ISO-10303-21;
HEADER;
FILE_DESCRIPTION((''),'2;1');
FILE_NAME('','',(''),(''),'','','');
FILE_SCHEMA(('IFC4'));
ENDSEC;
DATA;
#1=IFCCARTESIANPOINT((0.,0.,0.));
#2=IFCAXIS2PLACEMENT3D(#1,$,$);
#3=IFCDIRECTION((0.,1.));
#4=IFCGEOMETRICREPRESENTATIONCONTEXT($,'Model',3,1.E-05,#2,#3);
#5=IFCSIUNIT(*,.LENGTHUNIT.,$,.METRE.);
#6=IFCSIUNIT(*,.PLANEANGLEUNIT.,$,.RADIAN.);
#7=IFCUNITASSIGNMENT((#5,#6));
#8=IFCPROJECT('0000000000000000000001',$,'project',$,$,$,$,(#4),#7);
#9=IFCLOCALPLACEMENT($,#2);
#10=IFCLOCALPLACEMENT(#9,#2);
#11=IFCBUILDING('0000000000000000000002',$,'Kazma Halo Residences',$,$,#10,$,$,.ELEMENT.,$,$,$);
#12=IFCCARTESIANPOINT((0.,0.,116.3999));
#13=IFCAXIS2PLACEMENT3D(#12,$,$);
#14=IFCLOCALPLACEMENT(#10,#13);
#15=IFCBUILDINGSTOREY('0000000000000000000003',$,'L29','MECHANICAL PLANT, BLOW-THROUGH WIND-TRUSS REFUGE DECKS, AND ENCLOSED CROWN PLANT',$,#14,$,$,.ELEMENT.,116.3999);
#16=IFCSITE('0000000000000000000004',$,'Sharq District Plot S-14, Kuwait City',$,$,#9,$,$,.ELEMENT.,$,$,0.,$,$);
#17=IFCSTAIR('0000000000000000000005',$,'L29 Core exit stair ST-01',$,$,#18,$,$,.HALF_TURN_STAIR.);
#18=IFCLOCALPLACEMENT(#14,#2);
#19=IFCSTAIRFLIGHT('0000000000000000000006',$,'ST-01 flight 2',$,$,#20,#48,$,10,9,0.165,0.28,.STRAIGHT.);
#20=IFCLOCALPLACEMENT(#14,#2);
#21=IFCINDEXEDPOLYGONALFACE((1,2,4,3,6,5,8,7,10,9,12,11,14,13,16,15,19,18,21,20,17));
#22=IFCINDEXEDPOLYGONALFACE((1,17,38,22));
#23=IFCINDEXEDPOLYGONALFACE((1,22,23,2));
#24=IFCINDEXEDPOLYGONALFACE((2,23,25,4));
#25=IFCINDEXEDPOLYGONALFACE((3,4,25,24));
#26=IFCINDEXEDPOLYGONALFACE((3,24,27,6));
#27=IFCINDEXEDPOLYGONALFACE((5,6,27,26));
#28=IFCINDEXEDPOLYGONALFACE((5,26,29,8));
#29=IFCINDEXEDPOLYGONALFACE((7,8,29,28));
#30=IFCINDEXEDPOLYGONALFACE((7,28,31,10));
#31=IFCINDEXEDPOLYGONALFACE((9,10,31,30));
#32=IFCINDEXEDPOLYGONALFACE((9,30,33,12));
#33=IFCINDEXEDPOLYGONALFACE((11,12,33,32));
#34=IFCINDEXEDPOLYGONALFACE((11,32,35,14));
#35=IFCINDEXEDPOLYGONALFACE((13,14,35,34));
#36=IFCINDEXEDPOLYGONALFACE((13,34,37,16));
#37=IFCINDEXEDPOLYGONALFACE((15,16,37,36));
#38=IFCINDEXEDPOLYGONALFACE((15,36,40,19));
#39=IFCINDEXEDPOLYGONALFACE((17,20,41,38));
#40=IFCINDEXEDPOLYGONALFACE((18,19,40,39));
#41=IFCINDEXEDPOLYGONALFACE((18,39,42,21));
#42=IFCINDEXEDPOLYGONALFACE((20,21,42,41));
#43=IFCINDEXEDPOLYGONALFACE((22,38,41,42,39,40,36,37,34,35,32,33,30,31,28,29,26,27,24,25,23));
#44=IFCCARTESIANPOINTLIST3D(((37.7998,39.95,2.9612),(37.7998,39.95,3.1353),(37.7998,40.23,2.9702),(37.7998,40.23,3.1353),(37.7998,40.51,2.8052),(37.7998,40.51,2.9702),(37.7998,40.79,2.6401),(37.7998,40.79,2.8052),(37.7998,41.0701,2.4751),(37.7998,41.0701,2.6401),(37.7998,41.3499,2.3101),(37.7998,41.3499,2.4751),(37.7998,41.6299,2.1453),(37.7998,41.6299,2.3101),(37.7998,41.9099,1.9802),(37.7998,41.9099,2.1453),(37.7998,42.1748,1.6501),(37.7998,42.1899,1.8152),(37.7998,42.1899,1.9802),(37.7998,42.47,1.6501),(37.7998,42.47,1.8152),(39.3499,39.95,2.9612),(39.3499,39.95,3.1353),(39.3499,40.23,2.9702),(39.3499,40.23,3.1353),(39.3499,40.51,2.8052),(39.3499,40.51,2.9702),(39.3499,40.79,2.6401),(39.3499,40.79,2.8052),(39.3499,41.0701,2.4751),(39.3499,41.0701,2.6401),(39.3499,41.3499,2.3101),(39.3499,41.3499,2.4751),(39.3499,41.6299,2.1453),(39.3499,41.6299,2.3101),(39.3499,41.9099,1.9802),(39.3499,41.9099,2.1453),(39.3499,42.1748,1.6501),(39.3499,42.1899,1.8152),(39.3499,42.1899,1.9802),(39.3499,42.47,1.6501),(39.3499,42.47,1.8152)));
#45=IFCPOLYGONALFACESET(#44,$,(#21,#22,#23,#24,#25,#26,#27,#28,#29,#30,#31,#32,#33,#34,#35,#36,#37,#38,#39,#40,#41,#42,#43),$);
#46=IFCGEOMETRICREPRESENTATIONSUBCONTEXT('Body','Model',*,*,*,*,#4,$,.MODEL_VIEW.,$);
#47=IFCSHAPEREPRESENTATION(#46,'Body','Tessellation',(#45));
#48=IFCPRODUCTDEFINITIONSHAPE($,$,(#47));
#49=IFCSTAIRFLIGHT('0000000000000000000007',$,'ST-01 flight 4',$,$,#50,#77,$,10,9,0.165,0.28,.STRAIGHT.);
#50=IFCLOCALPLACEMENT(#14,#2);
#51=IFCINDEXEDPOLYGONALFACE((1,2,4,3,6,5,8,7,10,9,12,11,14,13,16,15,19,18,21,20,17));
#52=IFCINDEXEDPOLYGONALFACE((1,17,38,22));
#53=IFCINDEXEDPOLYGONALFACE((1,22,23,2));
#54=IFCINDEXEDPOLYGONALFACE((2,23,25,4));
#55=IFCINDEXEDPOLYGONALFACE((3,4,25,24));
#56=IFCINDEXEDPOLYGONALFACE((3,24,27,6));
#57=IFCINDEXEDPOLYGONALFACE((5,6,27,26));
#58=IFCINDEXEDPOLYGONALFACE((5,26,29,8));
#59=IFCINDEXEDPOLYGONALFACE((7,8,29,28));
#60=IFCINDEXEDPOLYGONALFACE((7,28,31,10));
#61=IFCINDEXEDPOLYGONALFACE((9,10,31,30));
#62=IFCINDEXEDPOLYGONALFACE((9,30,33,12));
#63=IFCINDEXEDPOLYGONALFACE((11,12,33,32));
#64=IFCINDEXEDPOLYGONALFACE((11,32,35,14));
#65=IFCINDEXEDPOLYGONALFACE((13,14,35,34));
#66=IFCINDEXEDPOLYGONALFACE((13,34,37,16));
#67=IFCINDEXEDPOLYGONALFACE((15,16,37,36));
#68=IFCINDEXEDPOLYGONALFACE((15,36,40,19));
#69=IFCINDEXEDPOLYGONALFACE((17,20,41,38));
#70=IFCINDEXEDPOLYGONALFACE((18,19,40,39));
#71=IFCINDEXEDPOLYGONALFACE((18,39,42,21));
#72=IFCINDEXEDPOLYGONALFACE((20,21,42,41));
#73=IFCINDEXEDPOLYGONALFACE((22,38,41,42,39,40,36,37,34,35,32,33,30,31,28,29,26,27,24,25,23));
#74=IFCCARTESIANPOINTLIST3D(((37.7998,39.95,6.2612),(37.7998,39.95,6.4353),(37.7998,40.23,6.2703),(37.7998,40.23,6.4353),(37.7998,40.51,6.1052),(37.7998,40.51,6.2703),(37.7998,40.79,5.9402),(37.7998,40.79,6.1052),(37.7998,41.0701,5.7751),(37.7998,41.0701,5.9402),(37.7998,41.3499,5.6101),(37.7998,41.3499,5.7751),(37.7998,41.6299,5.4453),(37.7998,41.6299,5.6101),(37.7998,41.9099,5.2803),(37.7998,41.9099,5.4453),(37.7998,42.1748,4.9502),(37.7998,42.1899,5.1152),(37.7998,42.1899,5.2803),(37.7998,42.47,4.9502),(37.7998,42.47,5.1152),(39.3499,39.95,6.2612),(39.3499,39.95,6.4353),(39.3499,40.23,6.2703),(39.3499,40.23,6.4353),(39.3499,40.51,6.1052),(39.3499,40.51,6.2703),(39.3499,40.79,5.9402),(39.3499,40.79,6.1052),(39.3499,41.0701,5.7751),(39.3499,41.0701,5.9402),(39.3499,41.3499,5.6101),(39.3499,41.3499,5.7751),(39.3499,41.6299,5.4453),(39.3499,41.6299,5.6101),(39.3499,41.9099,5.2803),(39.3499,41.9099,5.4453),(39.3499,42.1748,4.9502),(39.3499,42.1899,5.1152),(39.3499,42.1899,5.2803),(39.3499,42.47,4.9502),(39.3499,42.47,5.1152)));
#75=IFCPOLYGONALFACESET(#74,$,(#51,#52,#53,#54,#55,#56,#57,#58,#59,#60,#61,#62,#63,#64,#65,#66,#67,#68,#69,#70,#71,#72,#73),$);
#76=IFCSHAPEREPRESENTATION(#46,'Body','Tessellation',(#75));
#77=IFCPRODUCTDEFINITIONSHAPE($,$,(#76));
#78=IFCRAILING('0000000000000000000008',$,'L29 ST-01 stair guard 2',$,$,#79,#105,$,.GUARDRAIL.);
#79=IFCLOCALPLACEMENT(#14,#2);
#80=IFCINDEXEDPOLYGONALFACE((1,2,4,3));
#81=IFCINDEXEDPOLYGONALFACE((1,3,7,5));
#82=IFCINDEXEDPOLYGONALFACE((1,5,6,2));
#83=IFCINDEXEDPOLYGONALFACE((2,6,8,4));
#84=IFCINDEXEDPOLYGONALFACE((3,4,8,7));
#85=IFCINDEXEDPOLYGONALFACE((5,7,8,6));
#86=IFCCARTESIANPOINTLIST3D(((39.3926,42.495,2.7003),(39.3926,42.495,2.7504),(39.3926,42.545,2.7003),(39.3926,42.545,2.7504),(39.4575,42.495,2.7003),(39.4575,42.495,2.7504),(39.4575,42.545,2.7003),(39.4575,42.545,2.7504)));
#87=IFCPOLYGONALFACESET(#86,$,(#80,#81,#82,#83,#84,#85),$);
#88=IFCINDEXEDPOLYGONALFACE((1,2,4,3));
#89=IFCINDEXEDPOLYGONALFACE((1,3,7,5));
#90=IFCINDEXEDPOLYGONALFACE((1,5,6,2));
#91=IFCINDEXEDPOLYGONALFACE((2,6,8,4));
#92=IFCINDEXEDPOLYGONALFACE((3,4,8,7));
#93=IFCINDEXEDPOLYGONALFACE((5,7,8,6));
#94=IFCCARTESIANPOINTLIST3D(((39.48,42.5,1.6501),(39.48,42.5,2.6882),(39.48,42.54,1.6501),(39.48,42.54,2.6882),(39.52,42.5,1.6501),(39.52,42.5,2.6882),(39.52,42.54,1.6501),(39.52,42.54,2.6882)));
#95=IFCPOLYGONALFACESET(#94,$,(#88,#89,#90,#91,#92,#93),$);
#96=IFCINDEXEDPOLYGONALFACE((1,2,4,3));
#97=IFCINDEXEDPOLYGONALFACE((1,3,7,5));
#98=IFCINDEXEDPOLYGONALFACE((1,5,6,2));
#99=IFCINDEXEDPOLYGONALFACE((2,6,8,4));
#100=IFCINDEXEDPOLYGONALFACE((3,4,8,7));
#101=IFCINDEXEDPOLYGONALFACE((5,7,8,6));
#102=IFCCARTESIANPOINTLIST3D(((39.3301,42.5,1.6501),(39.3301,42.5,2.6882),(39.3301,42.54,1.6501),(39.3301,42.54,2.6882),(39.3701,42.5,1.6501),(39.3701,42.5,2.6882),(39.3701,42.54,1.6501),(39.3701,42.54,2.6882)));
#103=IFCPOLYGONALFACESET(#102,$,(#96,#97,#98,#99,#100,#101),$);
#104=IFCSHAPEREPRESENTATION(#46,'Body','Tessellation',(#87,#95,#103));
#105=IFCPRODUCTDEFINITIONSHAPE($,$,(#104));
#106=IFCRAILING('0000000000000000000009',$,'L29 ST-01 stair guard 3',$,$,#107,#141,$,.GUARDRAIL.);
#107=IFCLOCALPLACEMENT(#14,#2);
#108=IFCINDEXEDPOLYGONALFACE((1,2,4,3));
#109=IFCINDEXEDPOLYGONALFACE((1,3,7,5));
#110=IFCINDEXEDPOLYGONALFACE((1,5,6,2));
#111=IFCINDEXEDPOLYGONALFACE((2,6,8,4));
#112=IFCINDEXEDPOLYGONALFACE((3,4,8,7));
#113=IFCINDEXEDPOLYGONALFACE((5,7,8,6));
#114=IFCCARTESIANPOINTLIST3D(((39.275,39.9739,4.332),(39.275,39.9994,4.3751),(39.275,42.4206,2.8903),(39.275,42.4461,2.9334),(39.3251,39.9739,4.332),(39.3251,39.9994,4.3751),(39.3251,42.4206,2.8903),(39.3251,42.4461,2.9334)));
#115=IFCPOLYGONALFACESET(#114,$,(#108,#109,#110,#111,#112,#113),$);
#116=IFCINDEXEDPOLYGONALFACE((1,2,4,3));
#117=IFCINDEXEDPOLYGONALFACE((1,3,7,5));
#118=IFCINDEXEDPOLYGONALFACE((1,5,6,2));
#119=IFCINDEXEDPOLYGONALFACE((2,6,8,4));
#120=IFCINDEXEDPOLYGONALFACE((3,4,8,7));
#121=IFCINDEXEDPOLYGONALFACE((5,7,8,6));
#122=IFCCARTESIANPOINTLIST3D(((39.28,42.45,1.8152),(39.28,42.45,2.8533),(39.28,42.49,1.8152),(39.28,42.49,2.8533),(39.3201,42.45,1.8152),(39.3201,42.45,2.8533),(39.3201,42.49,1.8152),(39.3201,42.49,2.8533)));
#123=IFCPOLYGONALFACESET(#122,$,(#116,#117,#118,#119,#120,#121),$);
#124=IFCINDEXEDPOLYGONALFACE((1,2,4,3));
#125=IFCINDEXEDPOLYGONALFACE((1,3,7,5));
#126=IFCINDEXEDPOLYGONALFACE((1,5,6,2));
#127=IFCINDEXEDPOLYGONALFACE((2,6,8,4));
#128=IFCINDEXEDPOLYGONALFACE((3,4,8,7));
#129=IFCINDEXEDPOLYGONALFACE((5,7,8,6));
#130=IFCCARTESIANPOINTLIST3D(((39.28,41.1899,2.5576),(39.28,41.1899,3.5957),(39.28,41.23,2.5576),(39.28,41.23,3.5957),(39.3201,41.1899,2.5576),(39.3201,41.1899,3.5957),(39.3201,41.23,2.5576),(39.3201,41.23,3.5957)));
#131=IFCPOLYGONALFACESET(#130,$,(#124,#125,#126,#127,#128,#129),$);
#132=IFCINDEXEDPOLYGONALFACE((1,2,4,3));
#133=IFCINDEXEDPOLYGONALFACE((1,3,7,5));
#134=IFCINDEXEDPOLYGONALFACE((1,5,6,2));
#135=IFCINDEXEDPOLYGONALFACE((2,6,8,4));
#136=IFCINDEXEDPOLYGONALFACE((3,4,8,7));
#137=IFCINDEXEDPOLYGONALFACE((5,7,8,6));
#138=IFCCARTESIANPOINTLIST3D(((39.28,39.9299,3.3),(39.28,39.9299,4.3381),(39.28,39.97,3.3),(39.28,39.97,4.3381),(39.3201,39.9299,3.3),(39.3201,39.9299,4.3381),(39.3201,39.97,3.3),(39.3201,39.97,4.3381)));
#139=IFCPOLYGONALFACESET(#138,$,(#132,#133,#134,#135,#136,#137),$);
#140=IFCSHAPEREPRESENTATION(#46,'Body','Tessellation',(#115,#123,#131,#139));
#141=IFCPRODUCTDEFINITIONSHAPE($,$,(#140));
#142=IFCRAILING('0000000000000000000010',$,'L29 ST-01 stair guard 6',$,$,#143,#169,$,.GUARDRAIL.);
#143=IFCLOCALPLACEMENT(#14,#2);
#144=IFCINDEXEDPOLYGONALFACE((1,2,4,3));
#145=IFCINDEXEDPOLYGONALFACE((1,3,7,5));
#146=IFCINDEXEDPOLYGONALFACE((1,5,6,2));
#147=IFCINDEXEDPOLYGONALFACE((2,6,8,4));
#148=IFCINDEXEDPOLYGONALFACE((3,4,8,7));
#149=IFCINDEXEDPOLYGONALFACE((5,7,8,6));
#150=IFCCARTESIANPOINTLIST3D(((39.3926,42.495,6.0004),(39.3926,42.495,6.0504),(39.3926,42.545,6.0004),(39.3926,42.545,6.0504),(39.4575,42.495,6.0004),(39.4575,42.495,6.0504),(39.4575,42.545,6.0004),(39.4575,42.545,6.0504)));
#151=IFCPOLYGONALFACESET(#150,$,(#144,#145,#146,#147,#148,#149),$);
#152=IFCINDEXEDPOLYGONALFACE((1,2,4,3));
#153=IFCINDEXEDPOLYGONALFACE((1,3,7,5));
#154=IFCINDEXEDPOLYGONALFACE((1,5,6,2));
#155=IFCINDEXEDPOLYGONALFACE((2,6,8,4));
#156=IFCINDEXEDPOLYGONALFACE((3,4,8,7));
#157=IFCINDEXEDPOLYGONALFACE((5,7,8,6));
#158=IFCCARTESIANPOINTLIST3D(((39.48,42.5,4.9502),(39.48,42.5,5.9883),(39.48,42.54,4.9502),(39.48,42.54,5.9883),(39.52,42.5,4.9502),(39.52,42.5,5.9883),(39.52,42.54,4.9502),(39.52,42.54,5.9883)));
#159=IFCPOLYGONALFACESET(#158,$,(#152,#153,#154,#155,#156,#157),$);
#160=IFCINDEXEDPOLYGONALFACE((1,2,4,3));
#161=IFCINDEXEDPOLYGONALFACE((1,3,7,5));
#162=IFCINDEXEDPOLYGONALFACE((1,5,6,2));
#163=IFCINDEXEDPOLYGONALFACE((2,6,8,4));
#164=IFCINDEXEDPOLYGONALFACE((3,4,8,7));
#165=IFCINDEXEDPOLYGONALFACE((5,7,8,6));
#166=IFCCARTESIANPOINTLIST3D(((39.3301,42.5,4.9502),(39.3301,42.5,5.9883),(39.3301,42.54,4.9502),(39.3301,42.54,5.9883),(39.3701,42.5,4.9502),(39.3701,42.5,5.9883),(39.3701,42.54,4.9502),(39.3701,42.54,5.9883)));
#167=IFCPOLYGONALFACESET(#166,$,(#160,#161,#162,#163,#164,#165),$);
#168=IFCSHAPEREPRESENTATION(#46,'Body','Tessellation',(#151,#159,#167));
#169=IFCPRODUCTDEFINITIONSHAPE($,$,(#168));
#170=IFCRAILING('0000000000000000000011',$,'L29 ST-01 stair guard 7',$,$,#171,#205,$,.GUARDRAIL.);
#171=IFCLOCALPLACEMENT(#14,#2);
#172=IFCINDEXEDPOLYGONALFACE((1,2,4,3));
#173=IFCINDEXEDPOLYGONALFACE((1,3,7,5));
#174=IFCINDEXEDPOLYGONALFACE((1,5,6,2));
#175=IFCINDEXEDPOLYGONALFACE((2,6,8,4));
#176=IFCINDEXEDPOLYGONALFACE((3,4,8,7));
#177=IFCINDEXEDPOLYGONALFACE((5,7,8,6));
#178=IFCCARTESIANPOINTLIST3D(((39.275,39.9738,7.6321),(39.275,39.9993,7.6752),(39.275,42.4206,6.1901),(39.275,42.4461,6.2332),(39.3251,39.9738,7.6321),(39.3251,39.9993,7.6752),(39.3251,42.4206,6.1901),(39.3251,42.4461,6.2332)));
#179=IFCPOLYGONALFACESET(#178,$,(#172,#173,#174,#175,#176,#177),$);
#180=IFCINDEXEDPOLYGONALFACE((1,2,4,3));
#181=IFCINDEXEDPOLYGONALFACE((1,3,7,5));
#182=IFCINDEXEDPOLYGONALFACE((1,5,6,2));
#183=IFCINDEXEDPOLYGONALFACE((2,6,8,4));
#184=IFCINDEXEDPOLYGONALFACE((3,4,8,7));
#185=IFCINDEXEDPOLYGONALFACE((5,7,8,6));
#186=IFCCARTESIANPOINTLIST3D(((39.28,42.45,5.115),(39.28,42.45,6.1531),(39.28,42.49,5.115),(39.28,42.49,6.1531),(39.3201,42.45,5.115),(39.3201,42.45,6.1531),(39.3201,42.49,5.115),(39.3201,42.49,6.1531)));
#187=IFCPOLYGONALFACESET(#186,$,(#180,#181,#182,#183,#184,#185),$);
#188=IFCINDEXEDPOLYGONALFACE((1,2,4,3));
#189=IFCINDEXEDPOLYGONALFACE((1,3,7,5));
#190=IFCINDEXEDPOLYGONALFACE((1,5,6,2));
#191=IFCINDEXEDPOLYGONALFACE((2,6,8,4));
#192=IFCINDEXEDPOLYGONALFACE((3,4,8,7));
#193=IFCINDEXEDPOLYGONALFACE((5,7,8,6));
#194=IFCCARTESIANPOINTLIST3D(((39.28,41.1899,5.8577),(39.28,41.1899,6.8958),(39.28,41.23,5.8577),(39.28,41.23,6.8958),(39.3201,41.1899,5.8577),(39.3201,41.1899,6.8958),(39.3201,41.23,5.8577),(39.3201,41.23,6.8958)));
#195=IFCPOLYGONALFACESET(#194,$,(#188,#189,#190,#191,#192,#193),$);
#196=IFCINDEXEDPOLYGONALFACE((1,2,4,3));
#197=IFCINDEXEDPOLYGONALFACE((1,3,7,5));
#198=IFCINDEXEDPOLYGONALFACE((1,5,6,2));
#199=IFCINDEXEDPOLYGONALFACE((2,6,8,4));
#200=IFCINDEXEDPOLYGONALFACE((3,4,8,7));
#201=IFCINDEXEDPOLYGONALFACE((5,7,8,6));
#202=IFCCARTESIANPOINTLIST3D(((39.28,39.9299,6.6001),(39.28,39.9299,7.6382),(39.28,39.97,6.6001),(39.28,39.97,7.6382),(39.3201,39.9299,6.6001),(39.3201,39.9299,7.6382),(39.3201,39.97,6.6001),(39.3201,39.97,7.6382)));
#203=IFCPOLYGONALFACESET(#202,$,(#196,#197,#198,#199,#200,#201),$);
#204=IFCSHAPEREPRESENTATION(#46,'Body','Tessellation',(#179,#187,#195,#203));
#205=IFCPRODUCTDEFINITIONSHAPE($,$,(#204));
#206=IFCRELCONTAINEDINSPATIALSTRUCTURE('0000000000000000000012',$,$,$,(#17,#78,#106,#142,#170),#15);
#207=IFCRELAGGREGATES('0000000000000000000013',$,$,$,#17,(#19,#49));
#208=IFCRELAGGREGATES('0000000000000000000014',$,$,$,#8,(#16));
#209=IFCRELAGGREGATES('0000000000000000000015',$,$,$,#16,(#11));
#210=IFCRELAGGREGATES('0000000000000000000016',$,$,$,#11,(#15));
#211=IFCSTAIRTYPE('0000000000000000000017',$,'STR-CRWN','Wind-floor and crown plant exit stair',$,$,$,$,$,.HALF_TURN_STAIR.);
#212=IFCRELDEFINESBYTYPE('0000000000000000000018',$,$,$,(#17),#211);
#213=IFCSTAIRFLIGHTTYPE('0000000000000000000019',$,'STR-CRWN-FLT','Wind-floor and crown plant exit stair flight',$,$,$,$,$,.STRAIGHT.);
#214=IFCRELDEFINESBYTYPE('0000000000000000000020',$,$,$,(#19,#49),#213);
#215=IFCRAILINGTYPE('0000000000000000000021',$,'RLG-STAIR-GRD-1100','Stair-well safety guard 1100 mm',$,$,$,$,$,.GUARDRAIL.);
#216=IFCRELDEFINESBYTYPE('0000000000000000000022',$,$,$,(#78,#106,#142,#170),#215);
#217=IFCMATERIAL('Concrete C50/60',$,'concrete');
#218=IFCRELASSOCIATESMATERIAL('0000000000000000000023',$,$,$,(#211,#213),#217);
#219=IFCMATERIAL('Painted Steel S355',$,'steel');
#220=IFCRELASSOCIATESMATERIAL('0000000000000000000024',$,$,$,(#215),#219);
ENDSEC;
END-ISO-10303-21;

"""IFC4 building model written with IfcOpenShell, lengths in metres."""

from ifc_helpers import new_model, si_unit, direction, frame, origin, origin_2d, place, context, subcontext, project, spatial, polyline, rectangle, outline, extrude, material, type_object, element, aggregate, save


model = new_model("IFC4")

# Units and contexts
model_context = context("Model", 3, precision=1e-05, world=origin(), true_north=direction((0.0, 1.0)))
body_context = subcontext(model_context, "Body", "Model", "MODEL_VIEW")
ifc_project = project(units=[si_unit("LENGTHUNIT", "METRE"), si_unit("PLANEANGLEUNIT", "RADIAN")], contexts=[model_context])

# Site, building, storey
site_placement = place(None, origin())
site = spatial("IfcSite", under=ifc_project, at=site_placement, Name="Sharq District Plot S-14, Kuwait City", CompositionType="ELEMENT", RefElevation=0.0)
building_placement = place(site_placement, origin())
building = spatial("IfcBuilding", under=site, at=building_placement, Name="Kazma Halo Residences", CompositionType="ELEMENT")
storey_placement = place(building_placement, frame((0.0, 0.0, 116.3999)))
storey = spatial("IfcBuildingStorey", under=building, at=storey_placement, Name="L29", Description="MECHANICAL PLANT, BLOW-THROUGH WIND-TRUSS REFUGE DECKS, AND ENCLOSED CROWN PLANT", CompositionType="ELEMENT", Elevation=116.3999)

# Stair, stair flights
ifc_material_1 = material(Name="Concrete C50/60", Category="concrete")
stair_type = type_object("IfcStairType", Name="STR-CRWN", Description="Wind-floor and crown plant exit stair", PredefinedType="HALF_TURN_STAIR", material=ifc_material_1)
stair_placement = place(storey_placement, origin())
stair = element("IfcStair", 1, at=stair_placement, inside=storey, type_object=stair_type, Name="L29 Core exit stair ST-01", PredefinedType="HALF_TURN_STAIR")
stair_flight_type = type_object("IfcStairFlightType", Name="STR-CRWN-FLT", Description="Wind-floor and crown plant exit stair flight", PredefinedType="STRAIGHT", material=ifc_material_1)
stair_flight_1_placement = place(storey_placement, frame((38.575, 42.47, 1.6501), z_axis=(0.0, 0.0, 1.0), x_axis=(0.0, -1.0, 0.0)))
stair_flight_1 = element("IfcStairFlight", 2, at=stair_flight_1_placement, type_object=stair_flight_type, Name="ST-01 flight 2", NumberOfRisers=10, NumberOfTreads=9, PredefinedType="STRAIGHT", RiserHeight=0.165, TreadLength=0.28, context=body_context, shape_type="SweptSolid", body=[
    extrude(outline(polyline([(0.0, 0.0), (0.0, 0.165), (0.28, 0.165), (0.28, 0.3301), (0.5601, 0.3301), (0.5601, 0.4951), (0.8401, 0.4951), (0.8401, 0.6599), (1.1201, 0.6599), (1.1201, 0.825), (1.3999, 0.825), (1.3999, 0.99), (1.6799, 0.99), (1.6799, 1.155), (1.96, 1.155), (1.96, 1.3201), (2.24, 1.3201), (2.24, 1.4851), (2.52, 1.4851), (2.52, 1.6499), (2.52, 1.311), (0.2952, 0.0), (0.0, 0.0)])), frame((0.0, 0.7749, 0.0), z_axis=(0.0, -1.0, 0.0), x_axis=(1.0, 0.0, 0.0)), (0.0, 0.0, 1.0), 1.55),
])
stair_flight_2_placement = place(storey_placement, frame((38.575, 42.47, 4.9502), z_axis=(0.0, 0.0, 1.0), x_axis=(0.0, -1.0, 0.0)))
stair_flight_2 = element("IfcStairFlight", 3, at=stair_flight_2_placement, type_object=stair_flight_type, Name="ST-01 flight 4", NumberOfRisers=10, NumberOfTreads=9, PredefinedType="STRAIGHT", RiserHeight=0.165, TreadLength=0.28, context=body_context, shape_type="SweptSolid", body=[
    extrude(outline(polyline([(0.0, 0.0), (0.0, 0.165), (0.28, 0.165), (0.28, 0.3301), (0.5601, 0.3301), (0.5601, 0.4951), (0.8401, 0.4951), (0.8401, 0.6599), (1.1201, 0.6599), (1.1201, 0.825), (1.3999, 0.825), (1.3999, 0.99), (1.6799, 0.99), (1.6799, 1.155), (1.96, 1.155), (1.96, 1.3201), (2.24, 1.3201), (2.24, 1.4851), (2.52, 1.4851), (2.52, 1.6499), (2.52, 1.311), (0.2952, 0.0), (0.0, 0.0)])), frame((0.0, 0.7749, 0.0), z_axis=(0.0, -1.0, 0.0), x_axis=(1.0, 0.0, 0.0)), (0.0, 0.0, 1.0), 1.55),
])
aggregate(stair, [stair_flight_1, stair_flight_2])

# Railings
ifc_material_2 = material(Name="Painted Steel S355", Category="steel")
railing_type_1 = type_object("IfcRailingType", Name="RLG-STAIR-GRD-1100", Description="Stair-well safety guard 1100 mm", PredefinedType="GUARDRAIL", material=ifc_material_2)
railing_1_placement = place(storey_placement, frame((39.5, 42.52, 1.6501)))
element("IfcRailing", 4, at=railing_1_placement, inside=storey, type_object=railing_type_1, Name="L29 ST-01 stair guard 2", PredefinedType="GUARDRAIL", context=body_context, shape_type="SweptSolid", body=[
    extrude(rectangle(XDim=0.05, YDim=0.05, at=origin_2d()), frame((-0.0425, 0.0, 1.0752), z_axis=(-1.0, 0.0, 0.0), x_axis=(0.0, -1.0, 0.0)), (0.0, 0.0, 1.0), 0.0649),
    extrude(rectangle(XDim=0.04, YDim=0.04, at=origin_2d()), origin(), (0.0, 0.0, 1.0), 1.0381),
    extrude(rectangle(XDim=0.04, YDim=0.04, at=origin_2d()), frame((-0.1499, 0.0, 0.0)), (0.0, 0.0, 1.0), 1.0381),
])
railing_2_placement = place(storey_placement, frame((39.3, 42.47, 1.8152)))
element("IfcRailing", 5, at=railing_2_placement, inside=storey, type_object=railing_type_1, Name="L29 ST-01 stair guard 3", PredefinedType="GUARDRAIL", context=body_context, shape_type="SweptSolid", body=[
    extrude(rectangle(XDim=0.05, YDim=0.05, at=origin_2d()), frame((0.0, -0.0366, 1.0967), z_axis=(0.0, -0.861561, 0.507655), x_axis=(1.0, 0.0, 0.0)), (0.0, 0.0, 1.0), 2.8398),
    extrude(rectangle(XDim=0.04, YDim=0.04, at=origin_2d()), origin(), (0.0, 0.0, 1.0), 1.0381),
    extrude(rectangle(XDim=0.04, YDim=0.04, at=origin_2d()), frame((0.0, -1.26, 0.7424)), (0.0, 0.0, 1.0), 1.0381),
    extrude(rectangle(XDim=0.04, YDim=0.04, at=origin_2d()), frame((0.0, -2.52, 1.4849)), (0.0, 0.0, 1.0), 1.0381),
])
railing_3_placement = place(storey_placement, frame((39.5, 42.52, 4.9502)))
element("IfcRailing", 6, at=railing_3_placement, inside=storey, type_object=railing_type_1, Name="L29 ST-01 stair guard 6", PredefinedType="GUARDRAIL", context=body_context, shape_type="SweptSolid", body=[
    extrude(rectangle(XDim=0.05, YDim=0.05, at=origin_2d()), frame((-0.0425, 0.0, 1.0752), z_axis=(-1.0, 0.0, 0.0), x_axis=(0.0, -1.0, 0.0)), (0.0, 0.0, 1.0), 0.0649),
    extrude(rectangle(XDim=0.04, YDim=0.04, at=origin_2d()), origin(), (0.0, 0.0, 1.0), 1.0381),
    extrude(rectangle(XDim=0.04, YDim=0.04, at=origin_2d()), frame((-0.1499, 0.0, 0.0)), (0.0, 0.0, 1.0), 1.0381),
])
railing_4_placement = place(storey_placement, frame((39.3, 42.47, 5.115)))
element("IfcRailing", 7, at=railing_4_placement, inside=storey, type_object=railing_type_1, Name="L29 ST-01 stair guard 7", PredefinedType="GUARDRAIL", context=body_context, shape_type="SweptSolid", body=[
    extrude(rectangle(XDim=0.05, YDim=0.05, at=origin_2d()), frame((0.0, -0.0366, 1.0967), z_axis=(0.0, -0.861524, 0.507717), x_axis=(1.0, 0.0, 0.0)), (0.0, 0.0, 1.0), 2.8401),
    extrude(rectangle(XDim=0.04, YDim=0.04, at=origin_2d()), origin(), (0.0, 0.0, 1.0), 1.0381),
    extrude(rectangle(XDim=0.04, YDim=0.04, at=origin_2d()), frame((0.0, -1.26, 0.7427)), (0.0, 0.0, 1.0), 1.0381),
    extrude(rectangle(XDim=0.04, YDim=0.04, at=origin_2d()), frame((0.0, -2.52, 1.4851)), (0.0, 0.0, 1.0), 1.0381),
])

save(model, "model.ifc")
